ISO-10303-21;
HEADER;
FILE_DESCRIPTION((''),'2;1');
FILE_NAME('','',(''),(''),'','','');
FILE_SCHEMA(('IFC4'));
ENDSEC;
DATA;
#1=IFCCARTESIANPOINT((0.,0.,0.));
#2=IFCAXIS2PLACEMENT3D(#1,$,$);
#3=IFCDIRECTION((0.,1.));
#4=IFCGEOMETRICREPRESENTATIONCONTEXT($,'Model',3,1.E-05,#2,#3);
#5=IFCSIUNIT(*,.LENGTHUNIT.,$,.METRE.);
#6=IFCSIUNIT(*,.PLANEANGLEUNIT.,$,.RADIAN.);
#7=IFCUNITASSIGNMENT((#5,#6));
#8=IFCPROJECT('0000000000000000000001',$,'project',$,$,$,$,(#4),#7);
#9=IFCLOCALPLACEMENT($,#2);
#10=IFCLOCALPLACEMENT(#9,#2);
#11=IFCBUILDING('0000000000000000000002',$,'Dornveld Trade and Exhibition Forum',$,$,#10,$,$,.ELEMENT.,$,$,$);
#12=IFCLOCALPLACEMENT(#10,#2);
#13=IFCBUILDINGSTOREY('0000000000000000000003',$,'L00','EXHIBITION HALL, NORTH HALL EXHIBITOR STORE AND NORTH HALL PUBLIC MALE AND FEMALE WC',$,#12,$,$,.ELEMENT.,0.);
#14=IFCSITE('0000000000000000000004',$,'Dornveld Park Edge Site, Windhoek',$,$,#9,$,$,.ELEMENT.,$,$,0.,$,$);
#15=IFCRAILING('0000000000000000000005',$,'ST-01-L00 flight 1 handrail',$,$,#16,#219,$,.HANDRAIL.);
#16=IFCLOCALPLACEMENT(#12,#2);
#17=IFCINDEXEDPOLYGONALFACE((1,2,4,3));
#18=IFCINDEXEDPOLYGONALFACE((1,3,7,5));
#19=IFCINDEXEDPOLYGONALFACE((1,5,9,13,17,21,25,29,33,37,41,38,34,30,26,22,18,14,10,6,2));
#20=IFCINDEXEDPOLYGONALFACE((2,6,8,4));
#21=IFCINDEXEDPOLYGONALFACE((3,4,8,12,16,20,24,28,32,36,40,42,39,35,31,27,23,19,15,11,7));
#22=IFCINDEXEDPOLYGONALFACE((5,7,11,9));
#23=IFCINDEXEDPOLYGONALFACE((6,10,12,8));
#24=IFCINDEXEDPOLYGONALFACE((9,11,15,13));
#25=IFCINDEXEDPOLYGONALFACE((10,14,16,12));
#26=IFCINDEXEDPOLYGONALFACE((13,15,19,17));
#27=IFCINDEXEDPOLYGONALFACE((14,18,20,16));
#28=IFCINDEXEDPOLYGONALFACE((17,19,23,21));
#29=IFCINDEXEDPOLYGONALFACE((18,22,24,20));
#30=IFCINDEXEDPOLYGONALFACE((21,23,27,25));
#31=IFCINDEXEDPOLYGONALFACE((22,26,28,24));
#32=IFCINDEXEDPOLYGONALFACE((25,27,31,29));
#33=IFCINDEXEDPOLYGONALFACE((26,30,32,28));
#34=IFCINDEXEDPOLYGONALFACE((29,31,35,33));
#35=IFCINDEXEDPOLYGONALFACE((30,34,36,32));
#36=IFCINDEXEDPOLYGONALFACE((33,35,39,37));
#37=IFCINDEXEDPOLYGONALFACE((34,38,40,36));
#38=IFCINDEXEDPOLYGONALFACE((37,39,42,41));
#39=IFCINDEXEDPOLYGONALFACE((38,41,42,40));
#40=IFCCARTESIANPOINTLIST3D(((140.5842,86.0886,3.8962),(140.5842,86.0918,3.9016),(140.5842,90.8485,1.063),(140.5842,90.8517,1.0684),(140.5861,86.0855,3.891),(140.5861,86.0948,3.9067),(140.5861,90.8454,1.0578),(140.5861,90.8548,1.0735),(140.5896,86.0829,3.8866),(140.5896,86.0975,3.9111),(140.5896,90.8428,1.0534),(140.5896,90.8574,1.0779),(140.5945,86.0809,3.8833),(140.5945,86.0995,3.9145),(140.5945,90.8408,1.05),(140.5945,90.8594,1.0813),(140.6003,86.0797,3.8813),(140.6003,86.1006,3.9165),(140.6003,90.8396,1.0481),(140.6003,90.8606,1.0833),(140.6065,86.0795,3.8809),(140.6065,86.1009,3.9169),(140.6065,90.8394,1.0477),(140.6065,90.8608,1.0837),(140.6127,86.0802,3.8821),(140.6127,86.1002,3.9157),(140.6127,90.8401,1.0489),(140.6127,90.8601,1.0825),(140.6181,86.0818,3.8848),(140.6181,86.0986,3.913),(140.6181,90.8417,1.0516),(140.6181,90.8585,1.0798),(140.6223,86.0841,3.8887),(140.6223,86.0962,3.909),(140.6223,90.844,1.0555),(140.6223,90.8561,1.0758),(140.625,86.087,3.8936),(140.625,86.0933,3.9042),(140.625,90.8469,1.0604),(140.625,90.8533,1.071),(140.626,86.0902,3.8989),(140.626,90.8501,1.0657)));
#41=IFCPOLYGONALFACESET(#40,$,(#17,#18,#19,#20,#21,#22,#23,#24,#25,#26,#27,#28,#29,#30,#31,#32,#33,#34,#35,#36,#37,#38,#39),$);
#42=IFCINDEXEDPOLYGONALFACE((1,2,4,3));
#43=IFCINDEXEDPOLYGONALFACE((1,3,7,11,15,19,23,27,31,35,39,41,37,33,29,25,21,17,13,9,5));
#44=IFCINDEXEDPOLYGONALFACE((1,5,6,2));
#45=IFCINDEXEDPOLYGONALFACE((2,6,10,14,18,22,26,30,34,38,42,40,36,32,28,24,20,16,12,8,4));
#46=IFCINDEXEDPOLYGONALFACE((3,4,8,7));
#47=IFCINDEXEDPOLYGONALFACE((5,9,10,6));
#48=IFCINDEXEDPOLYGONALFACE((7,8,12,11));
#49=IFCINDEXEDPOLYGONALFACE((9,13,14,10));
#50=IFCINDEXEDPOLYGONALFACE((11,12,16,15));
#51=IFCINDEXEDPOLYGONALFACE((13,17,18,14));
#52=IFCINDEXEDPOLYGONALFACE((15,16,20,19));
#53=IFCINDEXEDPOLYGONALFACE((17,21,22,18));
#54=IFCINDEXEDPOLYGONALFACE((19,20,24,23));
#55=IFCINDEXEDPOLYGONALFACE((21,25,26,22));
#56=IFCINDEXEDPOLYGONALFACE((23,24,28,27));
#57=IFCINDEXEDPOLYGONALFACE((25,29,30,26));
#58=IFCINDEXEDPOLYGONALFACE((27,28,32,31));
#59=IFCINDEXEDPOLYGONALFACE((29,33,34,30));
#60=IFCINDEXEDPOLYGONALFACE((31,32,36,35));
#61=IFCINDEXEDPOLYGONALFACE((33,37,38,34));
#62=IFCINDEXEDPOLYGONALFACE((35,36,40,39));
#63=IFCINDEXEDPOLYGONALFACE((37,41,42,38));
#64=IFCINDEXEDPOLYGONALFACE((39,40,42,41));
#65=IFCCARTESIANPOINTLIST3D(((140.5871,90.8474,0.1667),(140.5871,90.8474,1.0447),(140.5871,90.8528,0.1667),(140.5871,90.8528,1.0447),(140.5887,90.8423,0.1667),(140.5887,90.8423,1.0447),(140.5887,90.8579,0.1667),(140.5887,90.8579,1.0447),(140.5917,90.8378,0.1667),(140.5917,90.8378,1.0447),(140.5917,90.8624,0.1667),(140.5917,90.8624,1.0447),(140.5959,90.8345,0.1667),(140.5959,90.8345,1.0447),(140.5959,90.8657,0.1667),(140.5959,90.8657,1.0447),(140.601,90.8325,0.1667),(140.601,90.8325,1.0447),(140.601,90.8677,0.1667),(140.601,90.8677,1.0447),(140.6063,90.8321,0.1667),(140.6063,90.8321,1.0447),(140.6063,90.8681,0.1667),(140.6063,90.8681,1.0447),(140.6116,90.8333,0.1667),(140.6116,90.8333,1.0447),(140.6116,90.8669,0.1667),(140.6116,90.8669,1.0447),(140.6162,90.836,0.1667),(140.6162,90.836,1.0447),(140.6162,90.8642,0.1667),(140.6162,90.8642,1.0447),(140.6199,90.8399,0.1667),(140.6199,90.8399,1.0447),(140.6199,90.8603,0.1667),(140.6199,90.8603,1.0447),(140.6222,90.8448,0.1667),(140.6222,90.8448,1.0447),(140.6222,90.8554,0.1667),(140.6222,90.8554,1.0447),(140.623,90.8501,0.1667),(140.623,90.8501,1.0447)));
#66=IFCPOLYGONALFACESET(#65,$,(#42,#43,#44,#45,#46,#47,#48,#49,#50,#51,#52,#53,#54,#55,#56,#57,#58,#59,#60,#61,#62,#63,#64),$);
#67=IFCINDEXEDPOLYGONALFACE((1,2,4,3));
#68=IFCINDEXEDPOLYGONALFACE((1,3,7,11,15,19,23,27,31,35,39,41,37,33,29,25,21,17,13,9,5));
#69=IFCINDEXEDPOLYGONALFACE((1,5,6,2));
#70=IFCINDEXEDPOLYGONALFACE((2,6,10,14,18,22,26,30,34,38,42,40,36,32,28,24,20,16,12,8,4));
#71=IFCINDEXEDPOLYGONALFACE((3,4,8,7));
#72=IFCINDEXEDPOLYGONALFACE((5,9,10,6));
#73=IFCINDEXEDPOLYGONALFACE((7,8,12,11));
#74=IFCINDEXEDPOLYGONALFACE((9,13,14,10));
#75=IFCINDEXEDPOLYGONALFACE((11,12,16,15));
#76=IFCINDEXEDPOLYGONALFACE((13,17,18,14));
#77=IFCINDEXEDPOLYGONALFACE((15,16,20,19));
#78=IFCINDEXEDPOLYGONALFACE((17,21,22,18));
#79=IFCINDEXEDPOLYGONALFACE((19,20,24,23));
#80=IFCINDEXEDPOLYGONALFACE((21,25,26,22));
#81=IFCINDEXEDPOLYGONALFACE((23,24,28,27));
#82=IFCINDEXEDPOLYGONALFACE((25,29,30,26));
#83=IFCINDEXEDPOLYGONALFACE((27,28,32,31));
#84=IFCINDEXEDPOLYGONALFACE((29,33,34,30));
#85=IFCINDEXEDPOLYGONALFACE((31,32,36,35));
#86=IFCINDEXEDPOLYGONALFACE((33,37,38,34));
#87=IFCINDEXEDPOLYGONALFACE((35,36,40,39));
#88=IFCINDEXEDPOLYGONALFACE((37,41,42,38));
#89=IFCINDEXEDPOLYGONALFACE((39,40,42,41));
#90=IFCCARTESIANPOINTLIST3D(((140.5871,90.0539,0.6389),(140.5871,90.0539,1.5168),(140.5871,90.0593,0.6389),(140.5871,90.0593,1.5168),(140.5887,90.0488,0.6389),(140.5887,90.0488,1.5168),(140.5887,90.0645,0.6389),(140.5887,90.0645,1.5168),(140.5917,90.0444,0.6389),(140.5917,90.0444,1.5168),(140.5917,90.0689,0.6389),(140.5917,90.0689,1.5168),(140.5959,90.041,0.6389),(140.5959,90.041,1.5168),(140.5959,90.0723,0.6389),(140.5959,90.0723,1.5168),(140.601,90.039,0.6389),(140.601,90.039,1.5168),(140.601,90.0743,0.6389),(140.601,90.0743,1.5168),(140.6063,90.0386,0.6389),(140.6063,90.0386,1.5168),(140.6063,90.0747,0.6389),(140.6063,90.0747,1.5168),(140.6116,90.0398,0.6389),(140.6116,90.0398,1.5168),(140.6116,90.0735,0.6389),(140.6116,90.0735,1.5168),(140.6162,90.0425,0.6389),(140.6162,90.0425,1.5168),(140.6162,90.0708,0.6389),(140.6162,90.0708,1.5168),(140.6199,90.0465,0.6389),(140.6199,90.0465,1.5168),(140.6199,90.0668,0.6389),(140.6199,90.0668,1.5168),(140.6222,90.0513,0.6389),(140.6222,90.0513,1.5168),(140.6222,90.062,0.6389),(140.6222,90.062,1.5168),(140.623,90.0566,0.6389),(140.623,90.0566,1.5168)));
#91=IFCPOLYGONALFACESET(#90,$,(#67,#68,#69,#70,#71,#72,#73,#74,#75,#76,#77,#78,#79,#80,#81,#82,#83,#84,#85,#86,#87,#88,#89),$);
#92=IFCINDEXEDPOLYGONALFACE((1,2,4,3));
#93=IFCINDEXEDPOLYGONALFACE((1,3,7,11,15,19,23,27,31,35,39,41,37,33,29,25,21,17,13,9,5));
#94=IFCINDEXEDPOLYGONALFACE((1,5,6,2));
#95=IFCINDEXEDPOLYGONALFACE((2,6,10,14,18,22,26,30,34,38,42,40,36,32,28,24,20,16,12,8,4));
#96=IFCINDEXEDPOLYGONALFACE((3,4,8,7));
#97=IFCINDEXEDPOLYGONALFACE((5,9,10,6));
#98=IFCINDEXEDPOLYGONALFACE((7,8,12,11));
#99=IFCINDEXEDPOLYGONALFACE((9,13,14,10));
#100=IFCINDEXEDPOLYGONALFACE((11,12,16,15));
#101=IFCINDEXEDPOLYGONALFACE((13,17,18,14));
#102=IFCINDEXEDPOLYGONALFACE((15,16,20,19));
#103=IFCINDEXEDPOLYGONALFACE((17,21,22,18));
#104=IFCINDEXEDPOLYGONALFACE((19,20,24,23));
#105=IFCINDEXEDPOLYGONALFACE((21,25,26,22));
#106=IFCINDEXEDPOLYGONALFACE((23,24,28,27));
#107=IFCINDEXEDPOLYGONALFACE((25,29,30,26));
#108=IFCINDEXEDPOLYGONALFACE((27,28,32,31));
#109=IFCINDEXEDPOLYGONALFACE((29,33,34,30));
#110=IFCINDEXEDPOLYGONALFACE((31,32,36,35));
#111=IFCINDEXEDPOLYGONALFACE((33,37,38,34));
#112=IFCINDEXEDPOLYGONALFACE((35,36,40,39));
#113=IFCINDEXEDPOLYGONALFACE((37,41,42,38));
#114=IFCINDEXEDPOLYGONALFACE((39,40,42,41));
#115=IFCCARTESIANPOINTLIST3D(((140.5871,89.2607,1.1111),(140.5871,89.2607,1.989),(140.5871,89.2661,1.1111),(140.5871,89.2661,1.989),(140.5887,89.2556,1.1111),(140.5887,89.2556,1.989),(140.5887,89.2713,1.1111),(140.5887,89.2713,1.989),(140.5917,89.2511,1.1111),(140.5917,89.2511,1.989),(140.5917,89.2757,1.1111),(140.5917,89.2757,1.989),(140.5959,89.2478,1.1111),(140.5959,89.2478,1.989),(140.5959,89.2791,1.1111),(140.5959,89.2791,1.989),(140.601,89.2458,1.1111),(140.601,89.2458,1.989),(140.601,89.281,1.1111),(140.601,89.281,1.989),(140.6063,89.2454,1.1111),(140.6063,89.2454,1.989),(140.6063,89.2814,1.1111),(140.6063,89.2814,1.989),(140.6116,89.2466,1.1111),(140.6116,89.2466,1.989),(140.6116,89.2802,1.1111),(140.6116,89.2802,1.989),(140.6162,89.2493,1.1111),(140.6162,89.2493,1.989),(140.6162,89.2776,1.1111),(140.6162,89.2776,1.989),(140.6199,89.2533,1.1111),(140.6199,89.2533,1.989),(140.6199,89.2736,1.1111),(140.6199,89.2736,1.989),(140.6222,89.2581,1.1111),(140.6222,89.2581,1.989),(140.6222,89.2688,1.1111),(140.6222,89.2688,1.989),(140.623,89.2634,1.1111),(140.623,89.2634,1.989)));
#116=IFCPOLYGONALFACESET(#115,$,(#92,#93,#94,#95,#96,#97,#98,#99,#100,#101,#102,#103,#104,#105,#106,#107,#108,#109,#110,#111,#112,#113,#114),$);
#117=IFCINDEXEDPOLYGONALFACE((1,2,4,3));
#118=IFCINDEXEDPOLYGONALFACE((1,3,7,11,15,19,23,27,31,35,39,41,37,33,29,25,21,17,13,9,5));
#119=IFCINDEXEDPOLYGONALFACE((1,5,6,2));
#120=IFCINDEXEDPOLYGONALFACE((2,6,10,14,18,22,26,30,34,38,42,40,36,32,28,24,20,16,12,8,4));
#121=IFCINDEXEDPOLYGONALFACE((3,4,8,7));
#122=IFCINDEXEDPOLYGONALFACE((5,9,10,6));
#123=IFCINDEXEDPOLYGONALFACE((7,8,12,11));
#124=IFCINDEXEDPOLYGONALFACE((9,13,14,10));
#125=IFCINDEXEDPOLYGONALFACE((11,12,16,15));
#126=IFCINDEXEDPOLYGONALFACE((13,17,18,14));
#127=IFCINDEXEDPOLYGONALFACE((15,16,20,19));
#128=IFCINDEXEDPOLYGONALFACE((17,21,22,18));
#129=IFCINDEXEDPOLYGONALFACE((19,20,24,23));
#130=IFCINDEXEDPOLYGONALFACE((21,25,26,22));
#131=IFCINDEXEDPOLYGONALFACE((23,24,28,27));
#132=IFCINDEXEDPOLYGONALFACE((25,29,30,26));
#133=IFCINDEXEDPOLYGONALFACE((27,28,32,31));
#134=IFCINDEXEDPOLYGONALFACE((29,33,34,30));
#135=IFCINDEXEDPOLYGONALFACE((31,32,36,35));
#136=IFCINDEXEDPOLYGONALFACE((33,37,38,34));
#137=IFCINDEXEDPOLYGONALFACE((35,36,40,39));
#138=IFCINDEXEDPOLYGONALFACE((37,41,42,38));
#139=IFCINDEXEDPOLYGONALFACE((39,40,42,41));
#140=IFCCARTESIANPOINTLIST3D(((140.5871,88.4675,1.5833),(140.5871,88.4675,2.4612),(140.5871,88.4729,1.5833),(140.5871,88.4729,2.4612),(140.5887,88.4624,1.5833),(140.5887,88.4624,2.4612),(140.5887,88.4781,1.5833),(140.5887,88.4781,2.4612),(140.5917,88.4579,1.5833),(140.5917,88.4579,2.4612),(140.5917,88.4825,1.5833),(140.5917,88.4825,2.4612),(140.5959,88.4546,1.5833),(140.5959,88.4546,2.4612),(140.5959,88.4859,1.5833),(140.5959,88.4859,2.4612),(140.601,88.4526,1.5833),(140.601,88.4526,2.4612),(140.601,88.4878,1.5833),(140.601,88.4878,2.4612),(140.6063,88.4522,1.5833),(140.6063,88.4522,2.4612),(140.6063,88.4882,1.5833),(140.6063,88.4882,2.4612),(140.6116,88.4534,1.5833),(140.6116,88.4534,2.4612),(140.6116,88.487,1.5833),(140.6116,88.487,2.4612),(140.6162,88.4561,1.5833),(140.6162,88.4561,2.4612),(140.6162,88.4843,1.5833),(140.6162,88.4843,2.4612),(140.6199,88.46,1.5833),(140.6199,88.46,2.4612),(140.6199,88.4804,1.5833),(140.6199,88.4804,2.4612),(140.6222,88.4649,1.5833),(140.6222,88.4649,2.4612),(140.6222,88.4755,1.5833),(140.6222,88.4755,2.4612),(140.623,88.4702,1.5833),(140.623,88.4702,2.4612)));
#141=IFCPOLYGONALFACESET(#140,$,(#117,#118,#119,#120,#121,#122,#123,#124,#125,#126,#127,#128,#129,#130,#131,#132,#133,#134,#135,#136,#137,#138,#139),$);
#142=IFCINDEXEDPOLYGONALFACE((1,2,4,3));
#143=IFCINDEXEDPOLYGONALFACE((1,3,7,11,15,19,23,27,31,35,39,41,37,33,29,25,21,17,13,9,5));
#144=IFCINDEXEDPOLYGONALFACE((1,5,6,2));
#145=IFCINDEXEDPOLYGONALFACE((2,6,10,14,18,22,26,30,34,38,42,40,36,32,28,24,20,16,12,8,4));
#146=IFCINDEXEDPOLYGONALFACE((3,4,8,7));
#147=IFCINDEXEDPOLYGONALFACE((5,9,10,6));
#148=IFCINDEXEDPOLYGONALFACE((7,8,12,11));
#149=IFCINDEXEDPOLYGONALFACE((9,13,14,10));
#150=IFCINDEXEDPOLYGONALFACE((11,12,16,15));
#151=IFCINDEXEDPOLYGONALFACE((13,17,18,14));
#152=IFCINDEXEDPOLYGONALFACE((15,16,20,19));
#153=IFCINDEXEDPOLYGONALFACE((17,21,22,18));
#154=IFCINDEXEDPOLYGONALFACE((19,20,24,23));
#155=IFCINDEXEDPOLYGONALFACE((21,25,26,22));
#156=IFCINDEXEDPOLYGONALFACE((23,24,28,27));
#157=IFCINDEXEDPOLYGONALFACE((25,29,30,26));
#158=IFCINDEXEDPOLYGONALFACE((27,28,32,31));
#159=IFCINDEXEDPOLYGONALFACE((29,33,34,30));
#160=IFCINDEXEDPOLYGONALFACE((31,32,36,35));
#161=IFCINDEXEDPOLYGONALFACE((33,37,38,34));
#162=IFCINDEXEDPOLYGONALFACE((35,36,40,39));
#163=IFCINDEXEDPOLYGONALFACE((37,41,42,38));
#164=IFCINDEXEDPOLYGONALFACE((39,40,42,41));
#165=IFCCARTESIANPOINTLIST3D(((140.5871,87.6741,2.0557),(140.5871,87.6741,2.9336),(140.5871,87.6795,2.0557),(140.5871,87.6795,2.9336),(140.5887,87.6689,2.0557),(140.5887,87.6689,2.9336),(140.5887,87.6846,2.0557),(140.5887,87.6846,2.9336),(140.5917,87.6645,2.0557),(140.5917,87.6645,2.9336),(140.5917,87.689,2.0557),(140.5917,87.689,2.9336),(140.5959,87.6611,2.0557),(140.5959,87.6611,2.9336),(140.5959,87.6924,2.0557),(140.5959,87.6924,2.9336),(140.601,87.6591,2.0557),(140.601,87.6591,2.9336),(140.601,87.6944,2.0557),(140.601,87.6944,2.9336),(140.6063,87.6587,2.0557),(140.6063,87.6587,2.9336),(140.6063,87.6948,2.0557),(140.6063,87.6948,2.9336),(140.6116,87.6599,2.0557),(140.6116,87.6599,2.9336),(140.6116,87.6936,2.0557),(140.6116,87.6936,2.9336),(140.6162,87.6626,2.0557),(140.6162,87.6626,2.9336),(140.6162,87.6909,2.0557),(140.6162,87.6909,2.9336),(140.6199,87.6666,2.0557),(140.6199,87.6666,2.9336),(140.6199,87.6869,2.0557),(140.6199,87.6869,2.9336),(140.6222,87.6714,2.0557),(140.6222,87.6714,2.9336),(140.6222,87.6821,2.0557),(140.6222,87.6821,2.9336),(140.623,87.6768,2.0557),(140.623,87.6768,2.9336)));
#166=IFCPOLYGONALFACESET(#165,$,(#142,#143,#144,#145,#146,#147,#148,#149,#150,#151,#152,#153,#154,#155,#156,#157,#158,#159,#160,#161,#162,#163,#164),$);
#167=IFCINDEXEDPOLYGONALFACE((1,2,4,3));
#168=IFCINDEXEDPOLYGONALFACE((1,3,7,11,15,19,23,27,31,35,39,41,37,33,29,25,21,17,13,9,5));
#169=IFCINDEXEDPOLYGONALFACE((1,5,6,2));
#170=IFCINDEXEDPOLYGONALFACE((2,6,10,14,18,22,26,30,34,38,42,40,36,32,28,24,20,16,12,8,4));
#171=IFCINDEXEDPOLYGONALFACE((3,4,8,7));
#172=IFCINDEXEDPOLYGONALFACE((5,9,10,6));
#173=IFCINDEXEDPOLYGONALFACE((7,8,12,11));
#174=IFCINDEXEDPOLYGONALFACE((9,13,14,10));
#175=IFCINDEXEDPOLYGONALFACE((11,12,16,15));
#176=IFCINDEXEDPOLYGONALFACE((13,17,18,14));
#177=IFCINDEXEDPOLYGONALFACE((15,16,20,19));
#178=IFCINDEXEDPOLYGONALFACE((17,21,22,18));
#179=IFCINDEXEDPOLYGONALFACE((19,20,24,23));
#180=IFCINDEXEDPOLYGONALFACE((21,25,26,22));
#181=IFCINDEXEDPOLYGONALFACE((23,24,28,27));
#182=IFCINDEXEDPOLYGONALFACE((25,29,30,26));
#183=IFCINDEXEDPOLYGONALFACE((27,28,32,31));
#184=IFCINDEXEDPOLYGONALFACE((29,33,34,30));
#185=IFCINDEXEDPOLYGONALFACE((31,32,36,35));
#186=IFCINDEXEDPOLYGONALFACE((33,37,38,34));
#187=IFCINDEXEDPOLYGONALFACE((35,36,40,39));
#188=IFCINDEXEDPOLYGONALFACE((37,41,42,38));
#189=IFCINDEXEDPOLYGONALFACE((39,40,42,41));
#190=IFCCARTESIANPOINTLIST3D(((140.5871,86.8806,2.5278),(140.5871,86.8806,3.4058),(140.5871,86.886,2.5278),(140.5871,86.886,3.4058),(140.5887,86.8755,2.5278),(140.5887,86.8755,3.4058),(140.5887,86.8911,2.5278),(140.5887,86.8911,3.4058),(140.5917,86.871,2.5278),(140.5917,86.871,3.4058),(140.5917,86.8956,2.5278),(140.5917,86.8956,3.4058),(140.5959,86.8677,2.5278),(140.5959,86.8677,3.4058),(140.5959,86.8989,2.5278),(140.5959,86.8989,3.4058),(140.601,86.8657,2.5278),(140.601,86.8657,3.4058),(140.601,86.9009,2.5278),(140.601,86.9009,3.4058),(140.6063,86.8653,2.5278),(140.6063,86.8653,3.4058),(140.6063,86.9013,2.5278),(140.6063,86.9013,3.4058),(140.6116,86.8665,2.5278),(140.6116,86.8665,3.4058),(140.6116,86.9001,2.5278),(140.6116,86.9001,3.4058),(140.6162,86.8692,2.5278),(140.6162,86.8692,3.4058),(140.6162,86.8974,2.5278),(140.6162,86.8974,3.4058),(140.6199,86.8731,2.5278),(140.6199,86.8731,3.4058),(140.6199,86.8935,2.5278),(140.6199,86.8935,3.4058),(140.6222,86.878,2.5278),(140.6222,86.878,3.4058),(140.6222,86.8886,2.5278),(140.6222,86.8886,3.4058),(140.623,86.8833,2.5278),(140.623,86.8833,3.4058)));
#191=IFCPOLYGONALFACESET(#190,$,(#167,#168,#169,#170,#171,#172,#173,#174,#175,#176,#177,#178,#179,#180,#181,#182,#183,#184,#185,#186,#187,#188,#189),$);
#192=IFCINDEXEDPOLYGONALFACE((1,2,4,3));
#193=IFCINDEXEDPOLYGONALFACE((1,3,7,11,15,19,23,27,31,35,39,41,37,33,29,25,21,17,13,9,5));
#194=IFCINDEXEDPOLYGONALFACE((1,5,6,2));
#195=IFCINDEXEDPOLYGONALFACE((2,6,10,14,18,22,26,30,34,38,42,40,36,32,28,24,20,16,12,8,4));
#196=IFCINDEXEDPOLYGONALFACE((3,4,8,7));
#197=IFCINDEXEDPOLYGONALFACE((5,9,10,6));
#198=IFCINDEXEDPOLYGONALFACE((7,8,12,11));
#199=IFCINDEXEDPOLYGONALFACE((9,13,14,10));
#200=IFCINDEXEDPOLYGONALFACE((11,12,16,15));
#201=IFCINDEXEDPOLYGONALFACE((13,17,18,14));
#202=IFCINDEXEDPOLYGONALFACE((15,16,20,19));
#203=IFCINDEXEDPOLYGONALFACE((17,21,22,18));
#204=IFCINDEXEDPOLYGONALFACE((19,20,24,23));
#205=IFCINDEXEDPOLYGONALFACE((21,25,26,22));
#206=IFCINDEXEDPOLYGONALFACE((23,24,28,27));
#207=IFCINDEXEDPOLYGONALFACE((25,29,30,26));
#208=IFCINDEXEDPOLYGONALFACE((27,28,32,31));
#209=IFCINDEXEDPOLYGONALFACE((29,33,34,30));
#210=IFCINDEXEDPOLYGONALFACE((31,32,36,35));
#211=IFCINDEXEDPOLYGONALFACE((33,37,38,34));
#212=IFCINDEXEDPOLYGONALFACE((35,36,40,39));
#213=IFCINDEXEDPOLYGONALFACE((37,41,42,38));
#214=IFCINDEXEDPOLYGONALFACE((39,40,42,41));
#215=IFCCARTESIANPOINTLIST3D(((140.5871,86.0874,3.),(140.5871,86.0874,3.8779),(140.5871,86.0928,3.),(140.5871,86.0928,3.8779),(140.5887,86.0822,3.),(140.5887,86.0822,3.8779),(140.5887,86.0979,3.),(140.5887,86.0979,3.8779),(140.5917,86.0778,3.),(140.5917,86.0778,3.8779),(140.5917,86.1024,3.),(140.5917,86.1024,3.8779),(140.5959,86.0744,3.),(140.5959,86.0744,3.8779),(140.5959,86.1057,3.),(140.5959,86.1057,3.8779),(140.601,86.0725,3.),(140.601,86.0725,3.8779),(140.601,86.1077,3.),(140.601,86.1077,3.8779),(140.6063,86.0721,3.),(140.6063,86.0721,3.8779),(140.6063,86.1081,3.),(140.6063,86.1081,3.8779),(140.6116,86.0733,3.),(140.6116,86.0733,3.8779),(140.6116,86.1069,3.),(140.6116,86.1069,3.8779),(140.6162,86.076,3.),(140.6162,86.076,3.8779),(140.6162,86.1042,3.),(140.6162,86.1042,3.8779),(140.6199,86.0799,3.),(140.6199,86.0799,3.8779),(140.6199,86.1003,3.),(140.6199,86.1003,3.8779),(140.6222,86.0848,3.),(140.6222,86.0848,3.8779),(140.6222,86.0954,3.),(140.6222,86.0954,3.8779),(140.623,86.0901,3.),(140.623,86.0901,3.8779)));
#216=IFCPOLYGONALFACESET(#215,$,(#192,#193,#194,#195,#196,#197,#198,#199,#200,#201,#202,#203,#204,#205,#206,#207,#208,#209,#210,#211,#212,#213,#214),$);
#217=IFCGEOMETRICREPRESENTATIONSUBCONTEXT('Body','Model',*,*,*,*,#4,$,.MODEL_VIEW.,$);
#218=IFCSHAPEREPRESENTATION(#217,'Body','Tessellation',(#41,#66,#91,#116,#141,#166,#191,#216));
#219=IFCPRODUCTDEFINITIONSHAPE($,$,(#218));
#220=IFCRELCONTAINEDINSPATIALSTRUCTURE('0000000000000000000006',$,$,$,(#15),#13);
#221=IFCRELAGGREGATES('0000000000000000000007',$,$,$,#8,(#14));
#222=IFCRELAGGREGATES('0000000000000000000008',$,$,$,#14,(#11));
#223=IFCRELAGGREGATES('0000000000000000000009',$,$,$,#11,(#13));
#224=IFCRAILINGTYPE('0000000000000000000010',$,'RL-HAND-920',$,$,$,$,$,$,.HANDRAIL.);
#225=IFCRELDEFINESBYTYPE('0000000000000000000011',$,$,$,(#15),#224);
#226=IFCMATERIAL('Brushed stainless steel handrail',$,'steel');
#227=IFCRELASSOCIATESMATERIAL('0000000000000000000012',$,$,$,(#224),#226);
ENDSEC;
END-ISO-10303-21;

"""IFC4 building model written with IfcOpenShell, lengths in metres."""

from ifc_helpers import new_model, si_unit, direction, frame, origin, origin_2d, place, context, subcontext, project, spatial, circle, extrude, material, type_object, element, save


model = new_model("IFC4")

# Units and contexts
model_context = context("Model", 3, precision=1e-05, world=origin(), true_north=direction((0.0, 1.0)))
body_context = subcontext(model_context, "Body", "Model", "MODEL_VIEW")
ifc_project = project(units=[si_unit("LENGTHUNIT", "METRE"), si_unit("PLANEANGLEUNIT", "RADIAN")], contexts=[model_context])

# Site, building, storey
site_placement = place(None, origin())
site = spatial("IfcSite", under=ifc_project, at=site_placement, Name="Dornveld Park Edge Site, Windhoek", CompositionType="ELEMENT", RefElevation=0.0)
building_placement = place(site_placement, origin())
building = spatial("IfcBuilding", under=site, at=building_placement, Name="Dornveld Trade and Exhibition Forum", CompositionType="ELEMENT")
storey_placement = place(building_placement, origin())
storey = spatial("IfcBuildingStorey", under=building, at=storey_placement, Name="L00", Description="EXHIBITION HALL, NORTH HALL EXHIBITOR STORE AND NORTH HALL PUBLIC MALE AND FEMALE WC", CompositionType="ELEMENT", Elevation=0.0)

# Railing
ifc_material_1 = material(Name="Brushed stainless steel handrail", Category="steel")
railing_type_1 = type_object("IfcRailingType", Name="RL-HAND-920", PredefinedType="HANDRAIL", material=ifc_material_1)
railing_1_placement = place(storey_placement, frame((140.605, 90.8501, 0.1667)))
element("IfcRailing", 1, at=railing_1_placement, inside=storey, type_object=railing_type_1, Name="ST-01-L00 flight 1 handrail", PredefinedType="HANDRAIL", context=body_context, shape_type="SweptSolid", body=[
    extrude(circle(Radius=0.021, at=origin_2d()), frame((0.0, 0.0, 0.8989), z_axis=(0.0, -0.8593, 0.511472), x_axis=(1.0, 0.0, 0.0)), (0.0, 0.0, 1.0), 5.5393),
    extrude(circle(Radius=0.0181, at=origin_2d()), origin(), (0.0, 0.0, 1.0), 0.8779),
    extrude(circle(Radius=0.0181, at=origin_2d()), frame((0.0, -0.7935, 0.4722)), (0.0, 0.0, 1.0), 0.8779),
    extrude(circle(Radius=0.0181, at=origin_2d()), frame((0.0, -1.5867, 0.9443)), (0.0, 0.0, 1.0), 0.8779),
    extrude(circle(Radius=0.0181, at=origin_2d()), frame((0.0, -2.3799, 1.4165)), (0.0, 0.0, 1.0), 0.8779),
    extrude(circle(Radius=0.0181, at=origin_2d()), frame((0.0, -3.1733, 1.8889)), (0.0, 0.0, 1.0), 0.8779),
    extrude(circle(Radius=0.0181, at=origin_2d()), frame((0.0, -3.9668, 2.3611)), (0.0, 0.0, 1.0), 0.8779),
    extrude(circle(Radius=0.0181, at=origin_2d()), frame((0.0, -4.76, 2.8333)), (0.0, 0.0, 1.0), 0.8779),
])

save(model, "model.ifc")
